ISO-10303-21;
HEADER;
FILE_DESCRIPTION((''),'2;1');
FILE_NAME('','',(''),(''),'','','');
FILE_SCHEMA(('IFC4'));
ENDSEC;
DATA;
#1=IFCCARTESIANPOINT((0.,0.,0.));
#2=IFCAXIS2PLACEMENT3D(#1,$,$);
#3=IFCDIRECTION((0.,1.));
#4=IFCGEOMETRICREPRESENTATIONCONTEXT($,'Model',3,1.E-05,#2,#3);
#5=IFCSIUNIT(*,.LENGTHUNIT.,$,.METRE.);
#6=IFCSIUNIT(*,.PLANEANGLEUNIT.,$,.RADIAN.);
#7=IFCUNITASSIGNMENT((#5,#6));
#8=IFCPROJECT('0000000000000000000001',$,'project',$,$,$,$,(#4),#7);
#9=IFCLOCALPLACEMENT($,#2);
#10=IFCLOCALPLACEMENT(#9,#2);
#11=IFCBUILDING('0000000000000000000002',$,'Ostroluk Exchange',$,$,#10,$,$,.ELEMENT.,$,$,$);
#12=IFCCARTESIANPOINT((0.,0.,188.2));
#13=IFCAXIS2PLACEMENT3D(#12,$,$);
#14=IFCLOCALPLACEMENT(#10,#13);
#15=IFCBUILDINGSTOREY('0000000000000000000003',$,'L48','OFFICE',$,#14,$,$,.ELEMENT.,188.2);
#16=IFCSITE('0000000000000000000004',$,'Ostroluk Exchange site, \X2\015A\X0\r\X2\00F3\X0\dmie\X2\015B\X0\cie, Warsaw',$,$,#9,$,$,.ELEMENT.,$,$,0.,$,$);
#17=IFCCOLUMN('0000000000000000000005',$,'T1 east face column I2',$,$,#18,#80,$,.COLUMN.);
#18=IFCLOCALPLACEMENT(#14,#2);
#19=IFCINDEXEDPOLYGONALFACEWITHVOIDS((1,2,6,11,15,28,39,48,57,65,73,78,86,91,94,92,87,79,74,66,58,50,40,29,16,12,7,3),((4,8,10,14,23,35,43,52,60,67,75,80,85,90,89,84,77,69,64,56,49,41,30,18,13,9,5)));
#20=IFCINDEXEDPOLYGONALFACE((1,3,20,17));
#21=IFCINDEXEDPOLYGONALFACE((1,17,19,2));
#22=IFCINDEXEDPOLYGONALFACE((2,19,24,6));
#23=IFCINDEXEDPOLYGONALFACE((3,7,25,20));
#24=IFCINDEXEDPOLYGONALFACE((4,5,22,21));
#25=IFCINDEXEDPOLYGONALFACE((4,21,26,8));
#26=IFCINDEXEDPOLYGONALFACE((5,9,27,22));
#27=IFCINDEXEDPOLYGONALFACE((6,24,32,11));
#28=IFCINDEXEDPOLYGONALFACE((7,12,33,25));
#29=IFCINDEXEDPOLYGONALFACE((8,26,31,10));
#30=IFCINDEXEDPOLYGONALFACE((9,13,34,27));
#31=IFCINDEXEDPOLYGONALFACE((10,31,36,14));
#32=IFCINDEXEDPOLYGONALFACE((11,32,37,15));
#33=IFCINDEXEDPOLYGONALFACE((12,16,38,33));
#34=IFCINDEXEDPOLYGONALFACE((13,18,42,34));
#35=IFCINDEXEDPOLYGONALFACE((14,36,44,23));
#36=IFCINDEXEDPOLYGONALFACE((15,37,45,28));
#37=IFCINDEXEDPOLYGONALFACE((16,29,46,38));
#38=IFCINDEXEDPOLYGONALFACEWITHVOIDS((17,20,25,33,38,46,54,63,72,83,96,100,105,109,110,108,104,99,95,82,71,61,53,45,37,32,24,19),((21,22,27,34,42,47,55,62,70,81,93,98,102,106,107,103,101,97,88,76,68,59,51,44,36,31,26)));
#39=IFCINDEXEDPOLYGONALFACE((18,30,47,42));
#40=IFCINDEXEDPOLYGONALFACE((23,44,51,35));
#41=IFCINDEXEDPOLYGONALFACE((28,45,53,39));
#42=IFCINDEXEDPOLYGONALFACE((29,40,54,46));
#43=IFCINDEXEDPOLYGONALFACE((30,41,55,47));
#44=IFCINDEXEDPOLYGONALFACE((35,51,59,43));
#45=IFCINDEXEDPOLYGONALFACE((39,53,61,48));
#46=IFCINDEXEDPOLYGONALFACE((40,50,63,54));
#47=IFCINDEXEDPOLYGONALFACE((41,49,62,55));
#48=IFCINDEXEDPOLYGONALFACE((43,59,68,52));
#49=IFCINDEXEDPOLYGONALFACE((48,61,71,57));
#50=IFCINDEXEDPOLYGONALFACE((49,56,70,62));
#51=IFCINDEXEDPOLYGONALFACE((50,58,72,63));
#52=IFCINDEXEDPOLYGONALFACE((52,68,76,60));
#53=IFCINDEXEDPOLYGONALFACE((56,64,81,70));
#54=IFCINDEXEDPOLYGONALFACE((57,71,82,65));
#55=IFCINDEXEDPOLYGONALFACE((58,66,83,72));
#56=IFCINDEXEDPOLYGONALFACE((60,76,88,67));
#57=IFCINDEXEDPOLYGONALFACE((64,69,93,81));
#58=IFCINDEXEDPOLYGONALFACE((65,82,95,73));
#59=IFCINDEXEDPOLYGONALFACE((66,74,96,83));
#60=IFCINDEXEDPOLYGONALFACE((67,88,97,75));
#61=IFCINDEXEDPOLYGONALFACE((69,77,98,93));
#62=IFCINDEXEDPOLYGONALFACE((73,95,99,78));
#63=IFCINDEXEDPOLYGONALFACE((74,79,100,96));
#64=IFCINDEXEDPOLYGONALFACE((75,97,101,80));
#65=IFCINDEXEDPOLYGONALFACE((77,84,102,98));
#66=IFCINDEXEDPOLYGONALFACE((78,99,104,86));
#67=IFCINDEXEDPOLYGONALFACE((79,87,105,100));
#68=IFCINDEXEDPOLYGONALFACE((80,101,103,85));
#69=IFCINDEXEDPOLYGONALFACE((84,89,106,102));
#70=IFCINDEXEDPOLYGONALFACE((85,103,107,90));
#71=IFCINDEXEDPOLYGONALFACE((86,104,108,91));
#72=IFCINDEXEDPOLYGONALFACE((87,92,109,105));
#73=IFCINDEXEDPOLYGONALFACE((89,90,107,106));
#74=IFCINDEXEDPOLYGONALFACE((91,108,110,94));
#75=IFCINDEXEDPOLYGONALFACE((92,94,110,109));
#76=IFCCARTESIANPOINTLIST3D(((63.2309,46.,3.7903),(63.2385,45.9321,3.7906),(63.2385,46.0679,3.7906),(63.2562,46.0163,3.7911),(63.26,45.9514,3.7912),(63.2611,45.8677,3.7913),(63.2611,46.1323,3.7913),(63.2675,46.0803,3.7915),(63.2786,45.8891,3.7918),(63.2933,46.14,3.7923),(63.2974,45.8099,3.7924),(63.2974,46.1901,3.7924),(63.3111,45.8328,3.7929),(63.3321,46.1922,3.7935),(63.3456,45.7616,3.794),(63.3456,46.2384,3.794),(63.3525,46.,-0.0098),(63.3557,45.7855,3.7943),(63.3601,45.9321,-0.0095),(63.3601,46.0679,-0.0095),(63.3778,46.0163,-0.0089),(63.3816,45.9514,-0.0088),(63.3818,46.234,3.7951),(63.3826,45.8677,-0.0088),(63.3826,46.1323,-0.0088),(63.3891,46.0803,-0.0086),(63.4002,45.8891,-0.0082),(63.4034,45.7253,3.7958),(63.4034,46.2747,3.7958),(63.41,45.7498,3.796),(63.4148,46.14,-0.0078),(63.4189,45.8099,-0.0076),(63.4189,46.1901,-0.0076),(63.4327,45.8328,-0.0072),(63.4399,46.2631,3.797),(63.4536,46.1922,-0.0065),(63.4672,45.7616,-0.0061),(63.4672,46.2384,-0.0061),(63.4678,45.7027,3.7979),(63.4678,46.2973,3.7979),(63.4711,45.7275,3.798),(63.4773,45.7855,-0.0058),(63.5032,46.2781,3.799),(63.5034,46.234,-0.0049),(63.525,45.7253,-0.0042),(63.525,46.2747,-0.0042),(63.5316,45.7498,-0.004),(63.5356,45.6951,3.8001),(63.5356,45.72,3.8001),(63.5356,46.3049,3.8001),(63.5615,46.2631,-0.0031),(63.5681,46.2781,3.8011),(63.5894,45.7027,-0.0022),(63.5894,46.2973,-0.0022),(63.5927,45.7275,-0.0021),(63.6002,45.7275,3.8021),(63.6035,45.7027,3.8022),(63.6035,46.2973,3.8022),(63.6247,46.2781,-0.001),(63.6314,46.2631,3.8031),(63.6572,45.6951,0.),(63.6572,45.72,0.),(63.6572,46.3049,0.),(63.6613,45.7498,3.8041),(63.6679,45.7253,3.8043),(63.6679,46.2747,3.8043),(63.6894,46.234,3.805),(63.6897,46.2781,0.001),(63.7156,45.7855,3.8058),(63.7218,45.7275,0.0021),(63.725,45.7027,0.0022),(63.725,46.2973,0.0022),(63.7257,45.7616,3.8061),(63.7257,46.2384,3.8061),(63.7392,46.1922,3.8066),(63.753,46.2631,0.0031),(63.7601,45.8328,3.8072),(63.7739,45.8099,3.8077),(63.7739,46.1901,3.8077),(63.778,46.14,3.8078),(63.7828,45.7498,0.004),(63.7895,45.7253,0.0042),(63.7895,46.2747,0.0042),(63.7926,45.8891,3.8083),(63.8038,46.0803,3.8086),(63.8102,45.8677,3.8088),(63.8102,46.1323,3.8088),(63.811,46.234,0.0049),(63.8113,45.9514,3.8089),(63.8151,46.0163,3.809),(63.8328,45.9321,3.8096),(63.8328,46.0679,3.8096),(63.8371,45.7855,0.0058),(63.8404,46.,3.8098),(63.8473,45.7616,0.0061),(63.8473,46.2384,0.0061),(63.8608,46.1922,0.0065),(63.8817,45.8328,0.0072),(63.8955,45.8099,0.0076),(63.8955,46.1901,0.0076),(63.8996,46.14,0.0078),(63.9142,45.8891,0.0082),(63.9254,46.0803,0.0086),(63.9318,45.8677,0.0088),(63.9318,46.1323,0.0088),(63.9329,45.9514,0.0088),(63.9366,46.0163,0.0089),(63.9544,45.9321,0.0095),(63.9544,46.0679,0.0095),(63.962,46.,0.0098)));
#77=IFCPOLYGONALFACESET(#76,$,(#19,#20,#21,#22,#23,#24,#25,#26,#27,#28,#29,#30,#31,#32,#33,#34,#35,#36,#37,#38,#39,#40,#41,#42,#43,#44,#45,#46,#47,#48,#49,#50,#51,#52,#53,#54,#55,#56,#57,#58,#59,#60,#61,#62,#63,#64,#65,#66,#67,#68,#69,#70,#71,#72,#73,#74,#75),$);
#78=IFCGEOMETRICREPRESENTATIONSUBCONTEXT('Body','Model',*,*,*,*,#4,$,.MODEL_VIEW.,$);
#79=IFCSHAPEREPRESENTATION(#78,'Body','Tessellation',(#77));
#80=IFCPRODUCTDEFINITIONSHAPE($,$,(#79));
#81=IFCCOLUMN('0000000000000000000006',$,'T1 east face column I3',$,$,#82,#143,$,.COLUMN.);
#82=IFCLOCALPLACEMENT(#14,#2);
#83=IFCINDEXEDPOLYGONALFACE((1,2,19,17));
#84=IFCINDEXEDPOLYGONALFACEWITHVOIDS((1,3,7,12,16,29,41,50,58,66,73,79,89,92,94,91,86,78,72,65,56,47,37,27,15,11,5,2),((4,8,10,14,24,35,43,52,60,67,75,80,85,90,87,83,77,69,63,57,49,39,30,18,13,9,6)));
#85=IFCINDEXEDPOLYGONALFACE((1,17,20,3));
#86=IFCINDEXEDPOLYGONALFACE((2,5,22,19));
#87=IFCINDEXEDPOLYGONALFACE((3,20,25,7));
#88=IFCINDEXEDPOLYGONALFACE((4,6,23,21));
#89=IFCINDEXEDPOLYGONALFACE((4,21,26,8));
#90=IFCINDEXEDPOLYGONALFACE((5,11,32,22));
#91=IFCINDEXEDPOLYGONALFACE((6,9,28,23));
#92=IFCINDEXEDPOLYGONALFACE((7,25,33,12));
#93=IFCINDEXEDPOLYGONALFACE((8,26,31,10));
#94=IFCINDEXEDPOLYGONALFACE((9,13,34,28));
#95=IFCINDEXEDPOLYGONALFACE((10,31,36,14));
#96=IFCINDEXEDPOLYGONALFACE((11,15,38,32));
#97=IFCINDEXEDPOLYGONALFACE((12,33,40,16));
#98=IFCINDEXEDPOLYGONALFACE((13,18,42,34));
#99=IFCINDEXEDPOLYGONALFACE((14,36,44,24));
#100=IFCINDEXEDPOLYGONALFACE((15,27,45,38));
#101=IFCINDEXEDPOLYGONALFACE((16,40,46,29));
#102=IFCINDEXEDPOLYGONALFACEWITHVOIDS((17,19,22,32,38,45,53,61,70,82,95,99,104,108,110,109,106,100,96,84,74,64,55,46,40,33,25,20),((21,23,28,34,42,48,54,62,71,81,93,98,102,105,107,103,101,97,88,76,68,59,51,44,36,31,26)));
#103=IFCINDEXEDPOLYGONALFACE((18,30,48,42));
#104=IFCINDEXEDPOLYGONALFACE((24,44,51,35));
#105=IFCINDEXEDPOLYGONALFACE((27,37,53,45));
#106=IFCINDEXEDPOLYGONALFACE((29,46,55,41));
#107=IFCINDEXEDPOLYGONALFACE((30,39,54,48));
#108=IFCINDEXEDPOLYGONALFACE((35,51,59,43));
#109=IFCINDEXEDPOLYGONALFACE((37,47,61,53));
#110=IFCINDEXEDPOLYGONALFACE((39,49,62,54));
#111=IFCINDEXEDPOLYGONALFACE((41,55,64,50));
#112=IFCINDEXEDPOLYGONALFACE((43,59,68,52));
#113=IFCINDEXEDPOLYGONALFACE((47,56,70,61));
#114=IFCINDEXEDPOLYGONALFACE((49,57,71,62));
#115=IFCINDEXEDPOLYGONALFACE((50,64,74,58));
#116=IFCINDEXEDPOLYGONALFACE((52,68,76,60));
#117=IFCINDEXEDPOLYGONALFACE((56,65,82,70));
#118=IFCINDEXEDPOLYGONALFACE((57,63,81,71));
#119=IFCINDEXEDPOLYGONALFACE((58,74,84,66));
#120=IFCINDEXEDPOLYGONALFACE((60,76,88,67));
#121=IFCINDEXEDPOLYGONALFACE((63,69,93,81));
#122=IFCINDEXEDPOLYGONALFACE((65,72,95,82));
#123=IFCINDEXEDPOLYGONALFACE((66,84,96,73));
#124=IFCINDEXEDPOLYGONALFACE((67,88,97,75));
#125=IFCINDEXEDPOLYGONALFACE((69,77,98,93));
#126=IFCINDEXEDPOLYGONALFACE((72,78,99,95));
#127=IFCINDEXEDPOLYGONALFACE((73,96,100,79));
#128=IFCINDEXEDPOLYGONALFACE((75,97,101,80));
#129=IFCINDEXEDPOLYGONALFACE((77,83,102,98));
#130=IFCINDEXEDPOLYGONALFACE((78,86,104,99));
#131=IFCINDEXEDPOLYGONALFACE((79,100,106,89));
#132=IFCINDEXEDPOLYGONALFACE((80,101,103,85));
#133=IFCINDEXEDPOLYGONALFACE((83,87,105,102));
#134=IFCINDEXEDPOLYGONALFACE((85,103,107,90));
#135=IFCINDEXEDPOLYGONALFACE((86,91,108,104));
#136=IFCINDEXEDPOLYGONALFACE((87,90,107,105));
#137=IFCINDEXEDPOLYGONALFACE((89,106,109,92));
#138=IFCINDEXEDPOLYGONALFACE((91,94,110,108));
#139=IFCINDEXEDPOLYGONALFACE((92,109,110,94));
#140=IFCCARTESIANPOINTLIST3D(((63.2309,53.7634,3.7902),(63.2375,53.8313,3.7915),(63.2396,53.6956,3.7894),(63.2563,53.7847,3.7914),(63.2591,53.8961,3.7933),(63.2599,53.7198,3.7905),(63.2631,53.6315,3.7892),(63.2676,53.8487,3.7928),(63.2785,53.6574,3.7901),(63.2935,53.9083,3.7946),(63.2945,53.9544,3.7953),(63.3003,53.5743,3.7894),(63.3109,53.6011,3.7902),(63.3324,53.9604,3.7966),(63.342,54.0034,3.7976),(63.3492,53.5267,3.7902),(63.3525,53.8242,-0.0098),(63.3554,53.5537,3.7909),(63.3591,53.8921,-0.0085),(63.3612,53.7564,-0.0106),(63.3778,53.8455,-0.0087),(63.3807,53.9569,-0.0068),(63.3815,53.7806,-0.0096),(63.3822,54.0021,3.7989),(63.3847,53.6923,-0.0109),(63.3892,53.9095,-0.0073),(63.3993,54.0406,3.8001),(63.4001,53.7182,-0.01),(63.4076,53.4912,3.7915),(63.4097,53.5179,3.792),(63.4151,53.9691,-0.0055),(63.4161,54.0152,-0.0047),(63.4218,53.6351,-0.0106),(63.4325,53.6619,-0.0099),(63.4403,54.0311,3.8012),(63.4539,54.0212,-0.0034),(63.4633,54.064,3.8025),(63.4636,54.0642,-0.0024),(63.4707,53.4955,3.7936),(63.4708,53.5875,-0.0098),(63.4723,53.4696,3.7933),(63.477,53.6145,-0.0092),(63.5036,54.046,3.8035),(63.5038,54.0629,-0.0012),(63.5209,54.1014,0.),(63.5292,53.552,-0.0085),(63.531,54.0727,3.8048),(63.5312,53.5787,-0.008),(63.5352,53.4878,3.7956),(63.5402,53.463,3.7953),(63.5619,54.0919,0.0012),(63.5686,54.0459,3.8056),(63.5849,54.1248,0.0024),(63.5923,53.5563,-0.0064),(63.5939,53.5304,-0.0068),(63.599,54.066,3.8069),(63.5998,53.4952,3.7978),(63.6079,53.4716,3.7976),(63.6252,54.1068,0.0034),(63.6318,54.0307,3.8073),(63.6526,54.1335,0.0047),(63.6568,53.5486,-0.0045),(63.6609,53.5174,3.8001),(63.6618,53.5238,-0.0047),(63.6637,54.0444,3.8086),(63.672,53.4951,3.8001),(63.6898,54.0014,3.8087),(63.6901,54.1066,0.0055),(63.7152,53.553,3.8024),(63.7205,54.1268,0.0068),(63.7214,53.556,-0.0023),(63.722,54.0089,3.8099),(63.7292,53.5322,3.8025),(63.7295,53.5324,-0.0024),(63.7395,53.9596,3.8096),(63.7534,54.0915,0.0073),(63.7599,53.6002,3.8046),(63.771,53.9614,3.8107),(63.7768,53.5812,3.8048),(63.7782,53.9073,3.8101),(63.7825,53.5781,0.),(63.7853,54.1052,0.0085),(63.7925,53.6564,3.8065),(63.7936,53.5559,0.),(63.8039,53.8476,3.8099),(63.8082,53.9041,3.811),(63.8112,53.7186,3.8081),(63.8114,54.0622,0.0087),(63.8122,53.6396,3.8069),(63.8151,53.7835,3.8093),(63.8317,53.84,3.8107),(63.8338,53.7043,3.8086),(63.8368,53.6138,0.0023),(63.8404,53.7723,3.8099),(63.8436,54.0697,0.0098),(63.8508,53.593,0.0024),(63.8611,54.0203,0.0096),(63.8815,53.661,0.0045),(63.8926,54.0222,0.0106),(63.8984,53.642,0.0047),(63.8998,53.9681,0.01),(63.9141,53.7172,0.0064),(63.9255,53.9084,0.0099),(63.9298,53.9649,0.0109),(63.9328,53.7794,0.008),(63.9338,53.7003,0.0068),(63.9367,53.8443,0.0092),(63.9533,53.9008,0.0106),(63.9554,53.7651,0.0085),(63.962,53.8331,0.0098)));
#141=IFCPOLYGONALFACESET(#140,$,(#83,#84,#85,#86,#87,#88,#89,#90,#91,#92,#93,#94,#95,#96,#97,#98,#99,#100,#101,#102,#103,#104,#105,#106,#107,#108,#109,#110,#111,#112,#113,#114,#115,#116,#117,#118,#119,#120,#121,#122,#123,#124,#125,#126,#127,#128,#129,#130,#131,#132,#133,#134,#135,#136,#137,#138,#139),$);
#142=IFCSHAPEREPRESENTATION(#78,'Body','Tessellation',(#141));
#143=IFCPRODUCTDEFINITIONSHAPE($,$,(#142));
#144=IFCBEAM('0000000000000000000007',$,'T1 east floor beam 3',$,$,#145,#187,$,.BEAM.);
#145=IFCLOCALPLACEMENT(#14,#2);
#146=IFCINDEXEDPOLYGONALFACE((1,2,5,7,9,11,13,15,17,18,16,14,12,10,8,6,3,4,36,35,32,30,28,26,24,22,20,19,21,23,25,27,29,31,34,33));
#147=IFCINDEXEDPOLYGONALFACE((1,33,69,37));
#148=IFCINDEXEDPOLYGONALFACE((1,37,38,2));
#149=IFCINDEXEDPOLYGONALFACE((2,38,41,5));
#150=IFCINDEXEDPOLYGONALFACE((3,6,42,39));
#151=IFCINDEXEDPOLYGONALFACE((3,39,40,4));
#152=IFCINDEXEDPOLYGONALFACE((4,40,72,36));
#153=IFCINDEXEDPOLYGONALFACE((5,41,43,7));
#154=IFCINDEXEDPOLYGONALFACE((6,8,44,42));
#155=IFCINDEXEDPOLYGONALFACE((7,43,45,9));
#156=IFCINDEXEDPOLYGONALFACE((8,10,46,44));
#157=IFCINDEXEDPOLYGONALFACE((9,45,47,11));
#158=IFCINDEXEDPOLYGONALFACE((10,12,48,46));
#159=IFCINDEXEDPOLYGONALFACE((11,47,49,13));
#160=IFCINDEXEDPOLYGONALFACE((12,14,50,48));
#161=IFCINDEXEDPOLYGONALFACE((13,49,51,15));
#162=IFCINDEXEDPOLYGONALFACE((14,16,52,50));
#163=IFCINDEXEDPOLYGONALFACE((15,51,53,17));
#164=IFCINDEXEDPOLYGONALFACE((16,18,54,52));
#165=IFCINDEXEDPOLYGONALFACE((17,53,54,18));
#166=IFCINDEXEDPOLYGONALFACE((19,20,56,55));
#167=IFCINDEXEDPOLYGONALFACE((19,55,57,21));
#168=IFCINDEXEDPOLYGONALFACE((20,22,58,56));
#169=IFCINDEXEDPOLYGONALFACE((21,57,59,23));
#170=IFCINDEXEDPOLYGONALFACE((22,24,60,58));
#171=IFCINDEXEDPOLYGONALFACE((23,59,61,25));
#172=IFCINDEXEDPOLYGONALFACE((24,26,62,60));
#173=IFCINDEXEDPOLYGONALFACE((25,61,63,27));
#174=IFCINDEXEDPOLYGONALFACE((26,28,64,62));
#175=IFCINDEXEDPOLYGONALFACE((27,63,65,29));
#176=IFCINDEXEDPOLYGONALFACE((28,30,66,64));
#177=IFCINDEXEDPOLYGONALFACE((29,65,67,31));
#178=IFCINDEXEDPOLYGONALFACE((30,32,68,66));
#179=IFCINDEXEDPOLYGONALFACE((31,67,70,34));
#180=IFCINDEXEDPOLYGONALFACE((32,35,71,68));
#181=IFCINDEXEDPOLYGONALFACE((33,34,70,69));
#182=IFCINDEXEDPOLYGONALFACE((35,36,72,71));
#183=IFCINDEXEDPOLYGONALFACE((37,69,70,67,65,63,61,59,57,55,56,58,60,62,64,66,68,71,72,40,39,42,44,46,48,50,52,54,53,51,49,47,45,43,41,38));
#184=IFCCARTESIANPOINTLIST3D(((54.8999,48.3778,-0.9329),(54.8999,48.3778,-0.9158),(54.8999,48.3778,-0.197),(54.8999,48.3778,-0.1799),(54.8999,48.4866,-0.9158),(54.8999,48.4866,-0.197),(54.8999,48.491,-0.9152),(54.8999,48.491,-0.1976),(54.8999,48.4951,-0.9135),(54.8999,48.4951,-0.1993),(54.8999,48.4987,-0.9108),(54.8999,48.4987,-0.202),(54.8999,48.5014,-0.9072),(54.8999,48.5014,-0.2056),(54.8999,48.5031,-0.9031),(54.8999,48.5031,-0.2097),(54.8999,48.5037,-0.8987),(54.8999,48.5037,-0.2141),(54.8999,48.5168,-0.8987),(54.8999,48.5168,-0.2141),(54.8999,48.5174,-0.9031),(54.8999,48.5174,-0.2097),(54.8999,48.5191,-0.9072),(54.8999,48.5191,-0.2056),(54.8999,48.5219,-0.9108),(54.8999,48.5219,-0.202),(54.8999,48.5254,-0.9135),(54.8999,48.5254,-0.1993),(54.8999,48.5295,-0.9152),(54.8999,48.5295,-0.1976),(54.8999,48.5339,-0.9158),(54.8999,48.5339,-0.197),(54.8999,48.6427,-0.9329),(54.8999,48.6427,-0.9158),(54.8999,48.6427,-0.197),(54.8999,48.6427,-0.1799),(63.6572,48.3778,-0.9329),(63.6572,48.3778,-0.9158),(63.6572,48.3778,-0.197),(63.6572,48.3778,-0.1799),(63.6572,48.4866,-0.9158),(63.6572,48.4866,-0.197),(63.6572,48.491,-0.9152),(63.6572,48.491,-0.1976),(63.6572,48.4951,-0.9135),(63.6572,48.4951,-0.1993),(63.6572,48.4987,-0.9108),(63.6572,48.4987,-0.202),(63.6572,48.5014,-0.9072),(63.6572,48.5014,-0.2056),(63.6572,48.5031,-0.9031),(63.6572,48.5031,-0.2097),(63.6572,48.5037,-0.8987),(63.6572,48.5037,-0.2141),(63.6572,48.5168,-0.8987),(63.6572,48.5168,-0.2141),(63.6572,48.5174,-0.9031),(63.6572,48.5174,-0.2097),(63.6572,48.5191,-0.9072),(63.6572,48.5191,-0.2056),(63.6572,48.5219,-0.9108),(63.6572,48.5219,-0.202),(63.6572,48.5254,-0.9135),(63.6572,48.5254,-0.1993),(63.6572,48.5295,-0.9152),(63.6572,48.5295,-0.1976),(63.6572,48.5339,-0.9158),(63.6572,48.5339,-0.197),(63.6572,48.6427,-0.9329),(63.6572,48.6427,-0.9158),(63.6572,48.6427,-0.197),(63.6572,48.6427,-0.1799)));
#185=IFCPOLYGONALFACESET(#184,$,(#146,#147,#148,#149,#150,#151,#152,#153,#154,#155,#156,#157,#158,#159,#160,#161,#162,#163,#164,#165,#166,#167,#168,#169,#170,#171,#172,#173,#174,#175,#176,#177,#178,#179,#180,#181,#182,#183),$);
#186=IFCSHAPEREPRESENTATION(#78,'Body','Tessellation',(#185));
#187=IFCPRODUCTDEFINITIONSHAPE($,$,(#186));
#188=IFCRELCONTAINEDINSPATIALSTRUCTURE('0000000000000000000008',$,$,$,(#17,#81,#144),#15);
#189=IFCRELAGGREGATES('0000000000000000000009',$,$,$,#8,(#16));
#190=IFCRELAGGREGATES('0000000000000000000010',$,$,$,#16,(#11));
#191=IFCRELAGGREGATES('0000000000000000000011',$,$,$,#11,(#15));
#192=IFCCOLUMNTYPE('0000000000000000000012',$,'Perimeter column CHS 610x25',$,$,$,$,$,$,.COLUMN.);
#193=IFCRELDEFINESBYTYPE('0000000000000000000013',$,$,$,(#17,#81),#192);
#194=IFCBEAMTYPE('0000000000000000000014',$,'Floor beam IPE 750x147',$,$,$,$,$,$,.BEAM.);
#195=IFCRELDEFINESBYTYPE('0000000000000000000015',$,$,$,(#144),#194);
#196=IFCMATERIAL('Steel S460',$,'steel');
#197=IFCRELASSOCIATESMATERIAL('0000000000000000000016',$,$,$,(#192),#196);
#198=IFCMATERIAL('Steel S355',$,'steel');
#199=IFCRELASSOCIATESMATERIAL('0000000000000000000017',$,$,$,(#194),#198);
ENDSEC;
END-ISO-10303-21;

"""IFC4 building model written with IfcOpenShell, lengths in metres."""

from ifc_helpers import new_model, si_unit, direction, frame, origin, origin_2d, place, context, subcontext, project, spatial, hollow_circle, i_section, extrude, material, material_profile, profile_set, type_object, element, save


model = new_model("IFC4")

# Units and contexts
model_context = context("Model", 3, precision=1e-05, world=origin(), true_north=direction((0.0, 1.0)))
body_context = subcontext(model_context, "Body", "Model", "MODEL_VIEW")
ifc_project = project(units=[si_unit("LENGTHUNIT", "METRE"), si_unit("PLANEANGLEUNIT", "RADIAN")], contexts=[model_context])

# Site, building, storey
site_placement = place(None, origin())
site = spatial("IfcSite", under=ifc_project, at=site_placement, Name="Ostroluk Exchange site, Śródmieście, Warsaw", CompositionType="ELEMENT", RefElevation=0.0)
building_placement = place(site_placement, origin())
building = spatial("IfcBuilding", under=site, at=building_placement, Name="Ostroluk Exchange", CompositionType="ELEMENT")
storey_placement = place(building_placement, frame((0.0, 0.0, 188.2)))
storey = spatial("IfcBuildingStorey", under=building, at=storey_placement, Name="L48", Description="OFFICE", CompositionType="ELEMENT", Elevation=188.2)

# Columns
ifc_material_1 = material(Name="Steel S460", Category="steel")
ifc_material_profile_1 = material_profile(ifc_material_1, hollow_circle(Radius=0.3049, WallThickness=0.0249, at=origin_2d()), Name="CHS 610x25")
ifc_profile_set_1 = profile_set([ifc_material_profile_1], Name="Steel S460")
column_type = type_object("IfcColumnType", Name="Perimeter column CHS 610x25", PredefinedType="COLUMN", material=ifc_profile_set_1)
column_1_placement = place(storey_placement, frame((63.6572, 46.0, 0.0), z_axis=(-0.031978, 0.0, 0.999489), x_axis=(0.0, -1.0, 0.0)))
element("IfcColumn", 1, at=column_1_placement, inside=storey, type_object=column_type, Name="T1 east face column I2", PredefinedType="COLUMN", context=body_context, shape_type="SweptSolid", body=[
    extrude(hollow_circle(Radius=0.3049, WallThickness=0.0249, at=origin_2d()), origin(), (0.0, 0.0, 1.0), 3.802),
])
column_2_placement = place(storey_placement, frame((63.6572, 53.8286, 0.0), z_axis=(-0.031974, -0.015987, 0.999361), x_axis=(0.447214, -0.894427, 0.0)))
element("IfcColumn", 2, at=column_2_placement, inside=storey, type_object=column_type, Name="T1 east face column I3", PredefinedType="COLUMN", context=body_context, shape_type="SweptSolid", body=[
    extrude(hollow_circle(Radius=0.3049, WallThickness=0.0249, at=origin_2d()), origin(), (0.0, 0.0, 1.0), 3.8025),
])

# Beam
ifc_material_2 = material(Name="Steel S355", Category="steel")
ifc_material_profile_2 = material_profile(ifc_material_2, i_section(OverallWidth=0.2649, OverallDepth=0.7529, WebThickness=0.0132, FlangeThickness=0.0171, FilletRadius=0.0171, at=origin_2d()), Name="IPE 750x147")
ifc_profile_set_2 = profile_set([ifc_material_profile_2], Name="Steel S355")
beam_type_1 = type_object("IfcBeamType", Name="Floor beam IPE 750x147", PredefinedType="BEAM", material=ifc_profile_set_2)
for number, where, z_axis, x_axis, name in (
    (3, (54.8999, 48.5103, -0.5564), (1.0, 0.0, 0.0), (0.0, 1.0, 0.0), "T1 east floor beam 3"),
):
    element("IfcBeam", number, at=place(storey_placement, frame(where, z_axis=z_axis, x_axis=x_axis)), inside=storey, type_object=beam_type_1, Name=name, PredefinedType="BEAM", context=body_context, shape_type="SweptSolid", body=[
        extrude(i_section(OverallWidth=0.2649, OverallDepth=0.7529, WebThickness=0.0132, FlangeThickness=0.0171, FilletRadius=0.0171, at=origin_2d()), origin(), (0.0, 0.0, 1.0), 8.7573),
    ])

save(model, "model.ifc")
